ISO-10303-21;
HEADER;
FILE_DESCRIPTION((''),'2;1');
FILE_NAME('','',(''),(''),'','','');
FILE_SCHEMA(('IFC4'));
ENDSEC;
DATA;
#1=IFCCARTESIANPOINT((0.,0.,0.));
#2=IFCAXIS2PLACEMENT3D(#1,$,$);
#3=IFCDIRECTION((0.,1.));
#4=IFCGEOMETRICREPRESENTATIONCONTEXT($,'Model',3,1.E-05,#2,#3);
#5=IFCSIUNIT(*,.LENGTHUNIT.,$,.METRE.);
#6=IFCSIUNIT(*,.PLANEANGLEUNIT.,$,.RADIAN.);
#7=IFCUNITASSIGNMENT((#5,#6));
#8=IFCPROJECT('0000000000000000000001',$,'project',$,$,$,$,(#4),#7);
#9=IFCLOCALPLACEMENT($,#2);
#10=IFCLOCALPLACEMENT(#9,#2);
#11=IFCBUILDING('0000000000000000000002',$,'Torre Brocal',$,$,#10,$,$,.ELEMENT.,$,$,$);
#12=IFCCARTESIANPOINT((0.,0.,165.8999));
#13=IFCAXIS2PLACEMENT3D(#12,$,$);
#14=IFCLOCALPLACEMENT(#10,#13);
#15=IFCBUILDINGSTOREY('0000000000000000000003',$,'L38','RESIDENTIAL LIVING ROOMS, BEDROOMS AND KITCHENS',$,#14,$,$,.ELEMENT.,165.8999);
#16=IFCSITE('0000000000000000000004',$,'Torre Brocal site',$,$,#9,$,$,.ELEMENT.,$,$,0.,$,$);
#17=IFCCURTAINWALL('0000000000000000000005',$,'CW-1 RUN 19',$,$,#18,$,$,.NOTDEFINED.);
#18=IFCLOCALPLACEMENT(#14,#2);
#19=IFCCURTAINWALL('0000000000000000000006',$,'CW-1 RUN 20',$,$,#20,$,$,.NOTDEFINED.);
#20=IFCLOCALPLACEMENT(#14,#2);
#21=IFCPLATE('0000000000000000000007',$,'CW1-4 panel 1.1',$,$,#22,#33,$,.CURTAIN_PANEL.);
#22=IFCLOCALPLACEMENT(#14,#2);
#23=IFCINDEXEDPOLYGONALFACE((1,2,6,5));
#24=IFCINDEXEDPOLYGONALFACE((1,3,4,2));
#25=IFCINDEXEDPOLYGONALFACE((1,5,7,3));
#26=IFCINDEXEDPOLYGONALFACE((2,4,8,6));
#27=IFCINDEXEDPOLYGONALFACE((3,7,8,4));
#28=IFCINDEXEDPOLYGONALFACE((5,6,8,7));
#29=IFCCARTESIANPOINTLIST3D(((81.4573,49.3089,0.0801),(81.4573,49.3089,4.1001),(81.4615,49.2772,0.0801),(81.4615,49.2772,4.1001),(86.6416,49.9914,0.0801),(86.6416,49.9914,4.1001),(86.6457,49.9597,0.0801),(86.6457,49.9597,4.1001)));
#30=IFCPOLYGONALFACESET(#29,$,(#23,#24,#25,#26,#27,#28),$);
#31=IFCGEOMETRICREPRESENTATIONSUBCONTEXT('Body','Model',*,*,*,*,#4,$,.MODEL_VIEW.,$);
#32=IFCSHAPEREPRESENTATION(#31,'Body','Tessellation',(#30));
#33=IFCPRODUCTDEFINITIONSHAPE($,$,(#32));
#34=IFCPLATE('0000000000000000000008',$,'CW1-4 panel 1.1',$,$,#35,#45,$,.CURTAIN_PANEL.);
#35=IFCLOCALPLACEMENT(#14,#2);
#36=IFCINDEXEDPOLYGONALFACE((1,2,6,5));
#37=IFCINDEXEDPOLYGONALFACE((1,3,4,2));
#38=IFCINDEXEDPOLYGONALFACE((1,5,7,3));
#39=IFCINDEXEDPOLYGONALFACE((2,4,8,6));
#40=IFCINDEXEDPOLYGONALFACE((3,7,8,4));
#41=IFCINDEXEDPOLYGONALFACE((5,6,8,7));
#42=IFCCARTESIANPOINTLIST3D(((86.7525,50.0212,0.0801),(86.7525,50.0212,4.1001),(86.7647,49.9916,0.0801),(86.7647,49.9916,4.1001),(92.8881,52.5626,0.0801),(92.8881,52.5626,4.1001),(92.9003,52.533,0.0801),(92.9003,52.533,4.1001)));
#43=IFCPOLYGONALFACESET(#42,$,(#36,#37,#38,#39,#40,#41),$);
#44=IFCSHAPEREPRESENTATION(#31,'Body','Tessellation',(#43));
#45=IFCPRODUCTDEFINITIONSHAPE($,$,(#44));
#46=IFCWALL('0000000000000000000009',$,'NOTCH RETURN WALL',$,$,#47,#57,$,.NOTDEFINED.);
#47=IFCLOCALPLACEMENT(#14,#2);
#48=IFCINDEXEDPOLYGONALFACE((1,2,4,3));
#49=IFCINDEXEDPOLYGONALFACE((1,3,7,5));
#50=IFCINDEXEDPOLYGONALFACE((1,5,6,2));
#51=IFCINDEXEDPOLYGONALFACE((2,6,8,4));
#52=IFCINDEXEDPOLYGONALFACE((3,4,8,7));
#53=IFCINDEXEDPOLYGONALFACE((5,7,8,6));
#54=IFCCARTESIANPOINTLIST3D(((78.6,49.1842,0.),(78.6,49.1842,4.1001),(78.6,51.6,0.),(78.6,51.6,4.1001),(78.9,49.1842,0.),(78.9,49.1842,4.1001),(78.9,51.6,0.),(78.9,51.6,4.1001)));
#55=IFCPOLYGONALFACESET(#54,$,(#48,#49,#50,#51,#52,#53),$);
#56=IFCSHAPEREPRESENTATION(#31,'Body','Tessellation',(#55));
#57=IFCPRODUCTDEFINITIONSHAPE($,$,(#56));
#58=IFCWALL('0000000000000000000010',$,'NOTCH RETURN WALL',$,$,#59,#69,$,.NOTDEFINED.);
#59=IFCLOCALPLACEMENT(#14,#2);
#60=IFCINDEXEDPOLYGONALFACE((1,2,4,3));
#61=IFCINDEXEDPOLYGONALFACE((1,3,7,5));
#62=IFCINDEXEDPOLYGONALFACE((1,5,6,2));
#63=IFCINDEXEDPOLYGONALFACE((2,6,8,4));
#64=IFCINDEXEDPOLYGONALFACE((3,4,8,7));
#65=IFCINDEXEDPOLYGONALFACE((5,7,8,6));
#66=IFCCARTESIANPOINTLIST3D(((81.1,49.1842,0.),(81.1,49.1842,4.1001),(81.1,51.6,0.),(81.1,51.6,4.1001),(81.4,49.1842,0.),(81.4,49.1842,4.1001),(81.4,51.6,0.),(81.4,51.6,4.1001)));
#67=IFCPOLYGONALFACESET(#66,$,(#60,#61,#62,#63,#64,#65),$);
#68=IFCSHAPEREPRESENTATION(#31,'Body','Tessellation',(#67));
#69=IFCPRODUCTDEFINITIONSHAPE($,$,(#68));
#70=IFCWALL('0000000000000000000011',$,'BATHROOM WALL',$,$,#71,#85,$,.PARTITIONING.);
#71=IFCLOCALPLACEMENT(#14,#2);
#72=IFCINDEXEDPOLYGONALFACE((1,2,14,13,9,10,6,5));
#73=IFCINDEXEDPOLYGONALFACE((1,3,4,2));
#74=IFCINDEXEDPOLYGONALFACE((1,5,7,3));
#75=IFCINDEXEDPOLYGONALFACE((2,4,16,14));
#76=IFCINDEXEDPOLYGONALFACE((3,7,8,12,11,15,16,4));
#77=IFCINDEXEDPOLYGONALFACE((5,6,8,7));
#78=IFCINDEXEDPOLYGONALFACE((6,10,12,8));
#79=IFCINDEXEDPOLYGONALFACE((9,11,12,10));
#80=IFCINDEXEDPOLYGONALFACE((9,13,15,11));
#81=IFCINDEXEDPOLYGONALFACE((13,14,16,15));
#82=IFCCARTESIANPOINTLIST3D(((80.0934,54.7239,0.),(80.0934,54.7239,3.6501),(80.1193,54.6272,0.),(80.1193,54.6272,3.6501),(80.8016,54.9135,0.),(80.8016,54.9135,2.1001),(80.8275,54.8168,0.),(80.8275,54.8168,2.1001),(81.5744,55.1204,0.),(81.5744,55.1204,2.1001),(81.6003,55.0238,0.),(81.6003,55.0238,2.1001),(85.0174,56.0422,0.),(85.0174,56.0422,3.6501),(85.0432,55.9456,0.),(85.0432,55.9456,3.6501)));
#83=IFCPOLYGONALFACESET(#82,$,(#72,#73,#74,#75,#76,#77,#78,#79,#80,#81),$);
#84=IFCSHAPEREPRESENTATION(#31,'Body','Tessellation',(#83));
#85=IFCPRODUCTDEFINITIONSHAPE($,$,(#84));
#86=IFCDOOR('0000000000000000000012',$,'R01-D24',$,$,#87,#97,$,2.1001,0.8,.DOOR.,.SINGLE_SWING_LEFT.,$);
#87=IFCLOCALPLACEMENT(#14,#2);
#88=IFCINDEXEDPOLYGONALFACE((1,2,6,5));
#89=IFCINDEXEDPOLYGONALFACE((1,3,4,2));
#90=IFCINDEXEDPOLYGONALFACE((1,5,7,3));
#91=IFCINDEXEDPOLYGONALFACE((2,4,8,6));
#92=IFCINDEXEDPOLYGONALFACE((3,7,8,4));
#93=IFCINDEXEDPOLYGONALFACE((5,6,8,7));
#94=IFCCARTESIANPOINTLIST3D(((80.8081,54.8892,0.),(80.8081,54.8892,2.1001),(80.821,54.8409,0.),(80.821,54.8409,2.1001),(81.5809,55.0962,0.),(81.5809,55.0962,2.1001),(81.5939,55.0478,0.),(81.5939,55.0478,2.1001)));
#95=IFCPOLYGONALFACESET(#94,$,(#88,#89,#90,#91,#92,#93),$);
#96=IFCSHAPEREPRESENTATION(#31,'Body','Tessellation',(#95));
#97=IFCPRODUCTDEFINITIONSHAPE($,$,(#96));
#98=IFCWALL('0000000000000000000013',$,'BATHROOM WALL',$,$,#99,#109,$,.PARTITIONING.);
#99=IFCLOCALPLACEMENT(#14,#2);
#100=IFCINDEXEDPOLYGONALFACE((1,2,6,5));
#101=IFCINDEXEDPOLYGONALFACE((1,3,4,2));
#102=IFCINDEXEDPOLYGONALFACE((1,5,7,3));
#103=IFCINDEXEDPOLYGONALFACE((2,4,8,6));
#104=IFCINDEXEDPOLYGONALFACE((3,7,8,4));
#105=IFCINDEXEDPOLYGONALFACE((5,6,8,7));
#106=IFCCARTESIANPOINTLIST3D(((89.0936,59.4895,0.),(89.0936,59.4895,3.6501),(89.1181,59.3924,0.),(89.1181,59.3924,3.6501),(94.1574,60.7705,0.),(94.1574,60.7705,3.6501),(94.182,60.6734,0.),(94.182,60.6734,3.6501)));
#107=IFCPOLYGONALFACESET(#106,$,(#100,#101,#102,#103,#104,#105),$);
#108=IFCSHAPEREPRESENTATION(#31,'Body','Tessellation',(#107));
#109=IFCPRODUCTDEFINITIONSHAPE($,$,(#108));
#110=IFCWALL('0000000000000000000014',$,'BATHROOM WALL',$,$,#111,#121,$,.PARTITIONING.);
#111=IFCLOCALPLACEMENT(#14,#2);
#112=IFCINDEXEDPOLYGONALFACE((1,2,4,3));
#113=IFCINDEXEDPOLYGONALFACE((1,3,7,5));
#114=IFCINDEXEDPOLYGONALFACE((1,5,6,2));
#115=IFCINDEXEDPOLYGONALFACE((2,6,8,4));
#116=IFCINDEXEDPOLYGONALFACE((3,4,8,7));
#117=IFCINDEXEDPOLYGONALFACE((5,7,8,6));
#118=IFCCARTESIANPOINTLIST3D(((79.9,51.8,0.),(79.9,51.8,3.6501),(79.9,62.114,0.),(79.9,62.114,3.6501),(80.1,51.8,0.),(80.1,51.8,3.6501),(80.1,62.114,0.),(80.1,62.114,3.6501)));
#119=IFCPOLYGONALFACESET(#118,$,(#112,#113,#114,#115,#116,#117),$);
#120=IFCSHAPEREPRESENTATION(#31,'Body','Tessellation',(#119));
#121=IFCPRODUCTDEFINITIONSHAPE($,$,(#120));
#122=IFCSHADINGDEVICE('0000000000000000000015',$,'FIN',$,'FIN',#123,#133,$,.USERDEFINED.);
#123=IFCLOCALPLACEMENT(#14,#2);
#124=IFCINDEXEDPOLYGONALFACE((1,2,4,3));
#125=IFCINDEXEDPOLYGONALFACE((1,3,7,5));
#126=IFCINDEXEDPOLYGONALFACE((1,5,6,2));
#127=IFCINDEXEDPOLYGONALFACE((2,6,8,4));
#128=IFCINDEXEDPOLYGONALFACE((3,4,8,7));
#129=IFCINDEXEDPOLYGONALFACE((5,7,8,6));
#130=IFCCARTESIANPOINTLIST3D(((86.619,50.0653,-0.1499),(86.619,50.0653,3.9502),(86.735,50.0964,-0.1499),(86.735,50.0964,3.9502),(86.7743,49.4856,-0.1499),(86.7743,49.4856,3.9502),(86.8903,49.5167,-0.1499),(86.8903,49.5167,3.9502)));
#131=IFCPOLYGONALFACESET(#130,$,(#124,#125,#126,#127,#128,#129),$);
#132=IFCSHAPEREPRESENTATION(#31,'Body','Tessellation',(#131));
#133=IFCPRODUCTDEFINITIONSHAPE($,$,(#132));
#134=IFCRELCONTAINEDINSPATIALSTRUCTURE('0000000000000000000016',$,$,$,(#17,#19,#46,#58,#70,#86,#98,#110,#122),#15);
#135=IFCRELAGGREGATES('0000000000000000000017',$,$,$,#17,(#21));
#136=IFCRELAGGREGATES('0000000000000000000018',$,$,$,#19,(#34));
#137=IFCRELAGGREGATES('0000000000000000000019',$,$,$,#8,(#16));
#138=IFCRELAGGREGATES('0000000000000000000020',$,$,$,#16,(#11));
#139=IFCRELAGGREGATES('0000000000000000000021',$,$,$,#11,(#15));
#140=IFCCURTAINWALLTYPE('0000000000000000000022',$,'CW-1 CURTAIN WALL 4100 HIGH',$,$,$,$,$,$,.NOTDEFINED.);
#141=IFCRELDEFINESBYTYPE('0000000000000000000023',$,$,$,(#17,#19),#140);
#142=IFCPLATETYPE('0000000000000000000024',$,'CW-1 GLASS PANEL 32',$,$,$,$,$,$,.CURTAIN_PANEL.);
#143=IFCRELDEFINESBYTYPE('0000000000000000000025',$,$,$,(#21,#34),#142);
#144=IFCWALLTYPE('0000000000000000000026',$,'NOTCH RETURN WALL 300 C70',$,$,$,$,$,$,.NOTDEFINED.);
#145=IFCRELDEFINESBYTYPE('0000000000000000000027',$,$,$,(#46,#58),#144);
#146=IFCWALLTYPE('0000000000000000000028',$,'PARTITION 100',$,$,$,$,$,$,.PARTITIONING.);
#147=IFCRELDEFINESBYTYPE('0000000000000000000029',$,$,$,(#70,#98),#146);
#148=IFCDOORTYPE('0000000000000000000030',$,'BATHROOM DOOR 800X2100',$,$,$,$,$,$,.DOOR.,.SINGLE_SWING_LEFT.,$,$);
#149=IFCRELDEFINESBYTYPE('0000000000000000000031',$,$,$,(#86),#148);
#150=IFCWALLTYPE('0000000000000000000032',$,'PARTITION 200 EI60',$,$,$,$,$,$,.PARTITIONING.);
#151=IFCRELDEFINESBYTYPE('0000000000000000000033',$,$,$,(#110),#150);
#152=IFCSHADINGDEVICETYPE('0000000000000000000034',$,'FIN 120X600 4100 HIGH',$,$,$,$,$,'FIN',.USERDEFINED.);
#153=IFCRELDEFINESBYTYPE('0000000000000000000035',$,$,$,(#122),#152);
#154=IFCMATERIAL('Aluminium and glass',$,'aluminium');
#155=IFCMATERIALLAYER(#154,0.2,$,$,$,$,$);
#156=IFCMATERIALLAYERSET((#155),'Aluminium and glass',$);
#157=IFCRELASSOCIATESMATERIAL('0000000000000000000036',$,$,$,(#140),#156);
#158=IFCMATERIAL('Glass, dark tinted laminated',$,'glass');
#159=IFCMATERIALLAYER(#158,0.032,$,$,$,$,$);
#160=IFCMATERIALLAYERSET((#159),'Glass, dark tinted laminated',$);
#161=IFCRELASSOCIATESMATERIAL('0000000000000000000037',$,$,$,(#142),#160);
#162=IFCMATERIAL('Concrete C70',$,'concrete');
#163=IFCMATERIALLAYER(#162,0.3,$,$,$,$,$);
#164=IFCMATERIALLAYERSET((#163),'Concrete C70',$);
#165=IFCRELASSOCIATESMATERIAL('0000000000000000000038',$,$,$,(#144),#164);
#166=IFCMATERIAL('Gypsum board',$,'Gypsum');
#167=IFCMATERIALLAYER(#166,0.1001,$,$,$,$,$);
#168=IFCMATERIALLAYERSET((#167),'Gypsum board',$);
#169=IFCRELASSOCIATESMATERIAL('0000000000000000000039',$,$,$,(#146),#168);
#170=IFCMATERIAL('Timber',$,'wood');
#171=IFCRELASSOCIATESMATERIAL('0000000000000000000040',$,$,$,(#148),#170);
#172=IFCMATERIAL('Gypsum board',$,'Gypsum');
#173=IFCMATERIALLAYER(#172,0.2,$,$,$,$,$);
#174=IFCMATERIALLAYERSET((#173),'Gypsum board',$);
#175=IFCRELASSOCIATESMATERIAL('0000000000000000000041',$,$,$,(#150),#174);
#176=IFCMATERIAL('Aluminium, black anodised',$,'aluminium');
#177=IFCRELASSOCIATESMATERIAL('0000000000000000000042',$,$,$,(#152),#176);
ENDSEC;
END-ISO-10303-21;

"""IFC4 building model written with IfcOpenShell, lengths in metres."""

from ifc_helpers import new_model, si_unit, direction, frame, frame_2d, origin, origin_2d, place, context, subcontext, project, spatial, rectangle, extrude, material, layer, layer_set, material_profile, profile_set, type_object, element, fill, aggregate, save


model = new_model("IFC4")

# Units and contexts
model_context = context("Model", 3, precision=1e-05, world=origin(), true_north=direction((0.0, 1.0)))
body_context = subcontext(model_context, "Body", "Model", "MODEL_VIEW")
ifc_project = project(units=[si_unit("LENGTHUNIT", "METRE"), si_unit("PLANEANGLEUNIT", "RADIAN")], contexts=[model_context])

# Site, building, storey
site_placement = place(None, origin())
site = spatial("IfcSite", under=ifc_project, at=site_placement, Name="Torre Brocal site", CompositionType="ELEMENT", RefElevation=0.0)
building_placement = place(site_placement, origin())
building = spatial("IfcBuilding", under=site, at=building_placement, Name="Torre Brocal", CompositionType="ELEMENT")
storey_placement = place(building_placement, frame((0.0, 0.0, 165.8999)))
storey = spatial("IfcBuildingStorey", under=building, at=storey_placement, Name="L38", Description="RESIDENTIAL LIVING ROOMS, BEDROOMS AND KITCHENS", CompositionType="ELEMENT", Elevation=165.8999)

# Curtain wall
ifc_material_1 = material(Name="Aluminium and glass", Category="aluminium")
ifc_layer_1 = layer(ifc_material_1, 0.2)
ifc_layer_set_1 = layer_set([ifc_layer_1], Name="Aluminium and glass")
curtain_wall_type = type_object("IfcCurtainWallType", Name="CW-1 CURTAIN WALL 4100 HIGH", PredefinedType="NOTDEFINED", material=ifc_layer_set_1)
curtain_wall_1_placement = place(storey_placement, origin())
curtain_wall_1 = element("IfcCurtainWall", 1, at=curtain_wall_1_placement, inside=storey, type_object=curtain_wall_type, Name="CW-1 RUN 19", PredefinedType="NOTDEFINED")

# Curtain wall
curtain_wall_2_placement = place(storey_placement, origin())
curtain_wall_2 = element("IfcCurtainWall", 2, at=curtain_wall_2_placement, inside=storey, type_object=curtain_wall_type, Name="CW-1 RUN 20", PredefinedType="NOTDEFINED")

# Plates
ifc_material_2 = material(Name="Glass, dark tinted laminated", Category="glass")
ifc_layer_2 = layer(ifc_material_2, 0.032)
ifc_layer_set_2 = layer_set([ifc_layer_2], Name="Glass, dark tinted laminated")
plate_type = type_object("IfcPlateType", Name="CW-1 GLASS PANEL 32", PredefinedType="CURTAIN_PANEL", material=ifc_layer_set_2)
plate_1_placement = place(storey_placement, frame((84.0515, 49.6343, 0.0801), z_axis=(0.0, 0.0, 1.0), x_axis=(0.991445, 0.130526, 0.0)))
plate_1 = element("IfcPlate", 3, at=plate_1_placement, type_object=plate_type, Name="CW1-4 panel 1.1", PredefinedType="CURTAIN_PANEL", context=body_context, shape_type="SweptSolid", body=[
    extrude(rectangle(XDim=5.229, YDim=0.032, at=origin_2d()), origin(), (0.0, 0.0, 1.0), 4.02),
])
aggregate(curtain_wall_1, [plate_1])
plate_2_placement = place(storey_placement, frame((89.8264, 51.2771, 0.0801), z_axis=(0.0, 0.0, 1.0), x_axis=(0.92388, 0.382683, 0.0)))
plate_2 = element("IfcPlate", 4, at=plate_2_placement, type_object=plate_type, Name="CW1-4 panel 1.1", PredefinedType="CURTAIN_PANEL", context=body_context, shape_type="SweptSolid", body=[
    extrude(rectangle(XDim=6.6411, YDim=0.032, at=origin_2d()), origin(), (0.0, 0.0, 1.0), 4.02),
])
aggregate(curtain_wall_2, [plate_2])

# Walls
ifc_material_3 = material(Name="Concrete C70", Category="concrete")
ifc_layer_3 = layer(ifc_material_3, 0.3)
ifc_layer_set_3 = layer_set([ifc_layer_3], Name="Concrete C70")
wall_type_1 = type_object("IfcWallType", Name="NOTCH RETURN WALL 300 C70", PredefinedType="NOTDEFINED", material=ifc_layer_set_3)
for number, where, z_axis, x_axis, name in (
    (5, (78.75, 51.6001, 0.0), (0.0, 0.0, 1.0), (0.0, -1.0, 0.0), "NOTCH RETURN WALL"),
    (6, (81.25, 51.6001, 0.0), (0.0, 0.0, 1.0), (0.0, -1.0, 0.0), "NOTCH RETURN WALL"),
):
    element("IfcWall", number, at=place(storey_placement, frame(where, z_axis=z_axis, x_axis=x_axis)), inside=storey, type_object=wall_type_1, Name=name, PredefinedType="NOTDEFINED", context=body_context, shape_type="SweptSolid", body=[
        extrude(rectangle(XDim=2.4158, YDim=0.3, at=frame_2d((1.208, 0.0))), origin(), (0.0, 0.0, 1.0), 4.1001),
    ])

# Wall, opening, door
ifc_material_4 = material(Name="Gypsum board", Category="Gypsum")
ifc_layer_4 = layer(ifc_material_4, 0.1001)
ifc_layer_set_4 = layer_set([ifc_layer_4], Name="Gypsum board")
wall_type_2 = type_object("IfcWallType", Name="PARTITION 100", PredefinedType="PARTITIONING", material=ifc_layer_set_4)
wall_1_placement = place(storey_placement, frame((80.1062, 54.6755, 0.0), z_axis=(0.0, 0.0, 1.0), x_axis=(0.965977, 0.258628, 0.0)))
wall_1 = element("IfcWall", 7, at=wall_1_placement, inside=storey, type_object=wall_type_2, Name="BATHROOM WALL", PredefinedType="PARTITIONING", context=body_context, shape_type="SweptSolid", body=[
    extrude(rectangle(XDim=5.0974, YDim=0.1001, at=frame_2d((2.5488, 0.0))), origin(), (0.0, 0.0, 1.0), 3.6501),
])
opening_placement = place(wall_1_placement, frame((0.7334, 0.0, 0.0)))
opening = element("IfcOpeningElement", 8, at=opening_placement, cuts=wall_1, PredefinedType="OPENING", context=body_context, shape_type="SweptSolid", body=[
    extrude(rectangle(XDim=0.8, YDim=2.1001, at=frame_2d((0.3999, 1.05))), frame((0.0, 0.0601, 0.0), z_axis=(0.0, -1.0, 0.0), x_axis=(1.0, 0.0, 0.0)), (0.0, 0.0, 1.0), 0.1201),
])
ifc_material_5 = material(Name="Timber", Category="wood")
door_type = type_object("IfcDoorType", Name="BATHROOM DOOR 800X2100", OperationType="SINGLE_SWING_LEFT", PredefinedType="DOOR", material=ifc_material_5)
door_placement = place(opening_placement, origin())
door = element("IfcDoor", 9, at=door_placement, inside=storey, type_object=door_type, Name="R01-D24", OperationType="SINGLE_SWING_LEFT", OverallHeight=2.1001, OverallWidth=0.8, PredefinedType="DOOR", context=body_context, shape_type="SweptSolid", body=[
    extrude(rectangle(XDim=0.8, YDim=2.1001, at=frame_2d((0.3999, 1.05))), frame((0.0, 0.0249, 0.0), z_axis=(0.0, -1.0, 0.0), x_axis=(1.0, 0.0, 0.0)), (0.0, 0.0, 1.0), 0.05),
])
fill(opening, door)

# Walls
wall_2_placement = place(storey_placement, frame((89.1057, 59.4409, 0.0), z_axis=(0.0, 0.0, 1.0), x_axis=(0.969462, 0.24524, 0.0)))
element("IfcWall", 10, at=wall_2_placement, inside=storey, type_object=wall_type_2, Name="BATHROOM WALL", PredefinedType="PARTITIONING", context=body_context, shape_type="SweptSolid", body=[
    extrude(rectangle(XDim=5.2234, YDim=0.1001, at=frame_2d((2.6118, 0.0))), origin(), (0.0, 0.0, 1.0), 3.6501),
])
ifc_material_6 = material(Name="Gypsum board", Category="Gypsum")
ifc_layer_5 = layer(ifc_material_6, 0.2)
ifc_layer_set_5 = layer_set([ifc_layer_5], Name="Gypsum board")
wall_type_3 = type_object("IfcWallType", Name="PARTITION 200 EI60", PredefinedType="PARTITIONING", material=ifc_layer_set_5)
wall_3_placement = place(storey_placement, frame((80.0, 51.8, 0.0), z_axis=(0.0, 0.0, 1.0), x_axis=(0.0, 1.0, 0.0)))
element("IfcWall", 11, at=wall_3_placement, inside=storey, type_object=wall_type_3, Name="BATHROOM WALL", PredefinedType="PARTITIONING", context=body_context, shape_type="SweptSolid", body=[
    extrude(rectangle(XDim=10.314, YDim=0.2, at=frame_2d((5.157, 0.0))), origin(), (0.0, 0.0, 1.0), 3.6501),
])

# Shading device
ifc_material_7 = material(Name="Aluminium, black anodised", Category="aluminium")
ifc_material_profile_1 = material_profile(ifc_material_7, rectangle(XDim=0.1201, YDim=0.6001, at=origin_2d()), Name="FIN 120X600 4100 HIGH")
ifc_profile_set_1 = profile_set([ifc_material_profile_1], Name="Aluminium, black anodised")
shading_device_type = type_object("IfcShadingDeviceType", Name="FIN 120X600 4100 HIGH", ElementType="FIN", PredefinedType="USERDEFINED", material=ifc_profile_set_1)
shading_device_placement = place(storey_placement, frame((86.7546, 49.791, -0.1499), z_axis=(0.0, 0.0, 1.0), x_axis=(0.965926, 0.258819, 0.0)))
element("IfcShadingDevice", 12, at=shading_device_placement, inside=storey, type_object=shading_device_type, Name="FIN", ObjectType="FIN", PredefinedType="USERDEFINED", context=body_context, shape_type="SweptSolid", body=[
    extrude(rectangle(XDim=0.1201, YDim=0.6001, at=origin_2d()), origin(), (0.0, 0.0, 1.0), 4.1001),
])

save(model, "model.ifc")
